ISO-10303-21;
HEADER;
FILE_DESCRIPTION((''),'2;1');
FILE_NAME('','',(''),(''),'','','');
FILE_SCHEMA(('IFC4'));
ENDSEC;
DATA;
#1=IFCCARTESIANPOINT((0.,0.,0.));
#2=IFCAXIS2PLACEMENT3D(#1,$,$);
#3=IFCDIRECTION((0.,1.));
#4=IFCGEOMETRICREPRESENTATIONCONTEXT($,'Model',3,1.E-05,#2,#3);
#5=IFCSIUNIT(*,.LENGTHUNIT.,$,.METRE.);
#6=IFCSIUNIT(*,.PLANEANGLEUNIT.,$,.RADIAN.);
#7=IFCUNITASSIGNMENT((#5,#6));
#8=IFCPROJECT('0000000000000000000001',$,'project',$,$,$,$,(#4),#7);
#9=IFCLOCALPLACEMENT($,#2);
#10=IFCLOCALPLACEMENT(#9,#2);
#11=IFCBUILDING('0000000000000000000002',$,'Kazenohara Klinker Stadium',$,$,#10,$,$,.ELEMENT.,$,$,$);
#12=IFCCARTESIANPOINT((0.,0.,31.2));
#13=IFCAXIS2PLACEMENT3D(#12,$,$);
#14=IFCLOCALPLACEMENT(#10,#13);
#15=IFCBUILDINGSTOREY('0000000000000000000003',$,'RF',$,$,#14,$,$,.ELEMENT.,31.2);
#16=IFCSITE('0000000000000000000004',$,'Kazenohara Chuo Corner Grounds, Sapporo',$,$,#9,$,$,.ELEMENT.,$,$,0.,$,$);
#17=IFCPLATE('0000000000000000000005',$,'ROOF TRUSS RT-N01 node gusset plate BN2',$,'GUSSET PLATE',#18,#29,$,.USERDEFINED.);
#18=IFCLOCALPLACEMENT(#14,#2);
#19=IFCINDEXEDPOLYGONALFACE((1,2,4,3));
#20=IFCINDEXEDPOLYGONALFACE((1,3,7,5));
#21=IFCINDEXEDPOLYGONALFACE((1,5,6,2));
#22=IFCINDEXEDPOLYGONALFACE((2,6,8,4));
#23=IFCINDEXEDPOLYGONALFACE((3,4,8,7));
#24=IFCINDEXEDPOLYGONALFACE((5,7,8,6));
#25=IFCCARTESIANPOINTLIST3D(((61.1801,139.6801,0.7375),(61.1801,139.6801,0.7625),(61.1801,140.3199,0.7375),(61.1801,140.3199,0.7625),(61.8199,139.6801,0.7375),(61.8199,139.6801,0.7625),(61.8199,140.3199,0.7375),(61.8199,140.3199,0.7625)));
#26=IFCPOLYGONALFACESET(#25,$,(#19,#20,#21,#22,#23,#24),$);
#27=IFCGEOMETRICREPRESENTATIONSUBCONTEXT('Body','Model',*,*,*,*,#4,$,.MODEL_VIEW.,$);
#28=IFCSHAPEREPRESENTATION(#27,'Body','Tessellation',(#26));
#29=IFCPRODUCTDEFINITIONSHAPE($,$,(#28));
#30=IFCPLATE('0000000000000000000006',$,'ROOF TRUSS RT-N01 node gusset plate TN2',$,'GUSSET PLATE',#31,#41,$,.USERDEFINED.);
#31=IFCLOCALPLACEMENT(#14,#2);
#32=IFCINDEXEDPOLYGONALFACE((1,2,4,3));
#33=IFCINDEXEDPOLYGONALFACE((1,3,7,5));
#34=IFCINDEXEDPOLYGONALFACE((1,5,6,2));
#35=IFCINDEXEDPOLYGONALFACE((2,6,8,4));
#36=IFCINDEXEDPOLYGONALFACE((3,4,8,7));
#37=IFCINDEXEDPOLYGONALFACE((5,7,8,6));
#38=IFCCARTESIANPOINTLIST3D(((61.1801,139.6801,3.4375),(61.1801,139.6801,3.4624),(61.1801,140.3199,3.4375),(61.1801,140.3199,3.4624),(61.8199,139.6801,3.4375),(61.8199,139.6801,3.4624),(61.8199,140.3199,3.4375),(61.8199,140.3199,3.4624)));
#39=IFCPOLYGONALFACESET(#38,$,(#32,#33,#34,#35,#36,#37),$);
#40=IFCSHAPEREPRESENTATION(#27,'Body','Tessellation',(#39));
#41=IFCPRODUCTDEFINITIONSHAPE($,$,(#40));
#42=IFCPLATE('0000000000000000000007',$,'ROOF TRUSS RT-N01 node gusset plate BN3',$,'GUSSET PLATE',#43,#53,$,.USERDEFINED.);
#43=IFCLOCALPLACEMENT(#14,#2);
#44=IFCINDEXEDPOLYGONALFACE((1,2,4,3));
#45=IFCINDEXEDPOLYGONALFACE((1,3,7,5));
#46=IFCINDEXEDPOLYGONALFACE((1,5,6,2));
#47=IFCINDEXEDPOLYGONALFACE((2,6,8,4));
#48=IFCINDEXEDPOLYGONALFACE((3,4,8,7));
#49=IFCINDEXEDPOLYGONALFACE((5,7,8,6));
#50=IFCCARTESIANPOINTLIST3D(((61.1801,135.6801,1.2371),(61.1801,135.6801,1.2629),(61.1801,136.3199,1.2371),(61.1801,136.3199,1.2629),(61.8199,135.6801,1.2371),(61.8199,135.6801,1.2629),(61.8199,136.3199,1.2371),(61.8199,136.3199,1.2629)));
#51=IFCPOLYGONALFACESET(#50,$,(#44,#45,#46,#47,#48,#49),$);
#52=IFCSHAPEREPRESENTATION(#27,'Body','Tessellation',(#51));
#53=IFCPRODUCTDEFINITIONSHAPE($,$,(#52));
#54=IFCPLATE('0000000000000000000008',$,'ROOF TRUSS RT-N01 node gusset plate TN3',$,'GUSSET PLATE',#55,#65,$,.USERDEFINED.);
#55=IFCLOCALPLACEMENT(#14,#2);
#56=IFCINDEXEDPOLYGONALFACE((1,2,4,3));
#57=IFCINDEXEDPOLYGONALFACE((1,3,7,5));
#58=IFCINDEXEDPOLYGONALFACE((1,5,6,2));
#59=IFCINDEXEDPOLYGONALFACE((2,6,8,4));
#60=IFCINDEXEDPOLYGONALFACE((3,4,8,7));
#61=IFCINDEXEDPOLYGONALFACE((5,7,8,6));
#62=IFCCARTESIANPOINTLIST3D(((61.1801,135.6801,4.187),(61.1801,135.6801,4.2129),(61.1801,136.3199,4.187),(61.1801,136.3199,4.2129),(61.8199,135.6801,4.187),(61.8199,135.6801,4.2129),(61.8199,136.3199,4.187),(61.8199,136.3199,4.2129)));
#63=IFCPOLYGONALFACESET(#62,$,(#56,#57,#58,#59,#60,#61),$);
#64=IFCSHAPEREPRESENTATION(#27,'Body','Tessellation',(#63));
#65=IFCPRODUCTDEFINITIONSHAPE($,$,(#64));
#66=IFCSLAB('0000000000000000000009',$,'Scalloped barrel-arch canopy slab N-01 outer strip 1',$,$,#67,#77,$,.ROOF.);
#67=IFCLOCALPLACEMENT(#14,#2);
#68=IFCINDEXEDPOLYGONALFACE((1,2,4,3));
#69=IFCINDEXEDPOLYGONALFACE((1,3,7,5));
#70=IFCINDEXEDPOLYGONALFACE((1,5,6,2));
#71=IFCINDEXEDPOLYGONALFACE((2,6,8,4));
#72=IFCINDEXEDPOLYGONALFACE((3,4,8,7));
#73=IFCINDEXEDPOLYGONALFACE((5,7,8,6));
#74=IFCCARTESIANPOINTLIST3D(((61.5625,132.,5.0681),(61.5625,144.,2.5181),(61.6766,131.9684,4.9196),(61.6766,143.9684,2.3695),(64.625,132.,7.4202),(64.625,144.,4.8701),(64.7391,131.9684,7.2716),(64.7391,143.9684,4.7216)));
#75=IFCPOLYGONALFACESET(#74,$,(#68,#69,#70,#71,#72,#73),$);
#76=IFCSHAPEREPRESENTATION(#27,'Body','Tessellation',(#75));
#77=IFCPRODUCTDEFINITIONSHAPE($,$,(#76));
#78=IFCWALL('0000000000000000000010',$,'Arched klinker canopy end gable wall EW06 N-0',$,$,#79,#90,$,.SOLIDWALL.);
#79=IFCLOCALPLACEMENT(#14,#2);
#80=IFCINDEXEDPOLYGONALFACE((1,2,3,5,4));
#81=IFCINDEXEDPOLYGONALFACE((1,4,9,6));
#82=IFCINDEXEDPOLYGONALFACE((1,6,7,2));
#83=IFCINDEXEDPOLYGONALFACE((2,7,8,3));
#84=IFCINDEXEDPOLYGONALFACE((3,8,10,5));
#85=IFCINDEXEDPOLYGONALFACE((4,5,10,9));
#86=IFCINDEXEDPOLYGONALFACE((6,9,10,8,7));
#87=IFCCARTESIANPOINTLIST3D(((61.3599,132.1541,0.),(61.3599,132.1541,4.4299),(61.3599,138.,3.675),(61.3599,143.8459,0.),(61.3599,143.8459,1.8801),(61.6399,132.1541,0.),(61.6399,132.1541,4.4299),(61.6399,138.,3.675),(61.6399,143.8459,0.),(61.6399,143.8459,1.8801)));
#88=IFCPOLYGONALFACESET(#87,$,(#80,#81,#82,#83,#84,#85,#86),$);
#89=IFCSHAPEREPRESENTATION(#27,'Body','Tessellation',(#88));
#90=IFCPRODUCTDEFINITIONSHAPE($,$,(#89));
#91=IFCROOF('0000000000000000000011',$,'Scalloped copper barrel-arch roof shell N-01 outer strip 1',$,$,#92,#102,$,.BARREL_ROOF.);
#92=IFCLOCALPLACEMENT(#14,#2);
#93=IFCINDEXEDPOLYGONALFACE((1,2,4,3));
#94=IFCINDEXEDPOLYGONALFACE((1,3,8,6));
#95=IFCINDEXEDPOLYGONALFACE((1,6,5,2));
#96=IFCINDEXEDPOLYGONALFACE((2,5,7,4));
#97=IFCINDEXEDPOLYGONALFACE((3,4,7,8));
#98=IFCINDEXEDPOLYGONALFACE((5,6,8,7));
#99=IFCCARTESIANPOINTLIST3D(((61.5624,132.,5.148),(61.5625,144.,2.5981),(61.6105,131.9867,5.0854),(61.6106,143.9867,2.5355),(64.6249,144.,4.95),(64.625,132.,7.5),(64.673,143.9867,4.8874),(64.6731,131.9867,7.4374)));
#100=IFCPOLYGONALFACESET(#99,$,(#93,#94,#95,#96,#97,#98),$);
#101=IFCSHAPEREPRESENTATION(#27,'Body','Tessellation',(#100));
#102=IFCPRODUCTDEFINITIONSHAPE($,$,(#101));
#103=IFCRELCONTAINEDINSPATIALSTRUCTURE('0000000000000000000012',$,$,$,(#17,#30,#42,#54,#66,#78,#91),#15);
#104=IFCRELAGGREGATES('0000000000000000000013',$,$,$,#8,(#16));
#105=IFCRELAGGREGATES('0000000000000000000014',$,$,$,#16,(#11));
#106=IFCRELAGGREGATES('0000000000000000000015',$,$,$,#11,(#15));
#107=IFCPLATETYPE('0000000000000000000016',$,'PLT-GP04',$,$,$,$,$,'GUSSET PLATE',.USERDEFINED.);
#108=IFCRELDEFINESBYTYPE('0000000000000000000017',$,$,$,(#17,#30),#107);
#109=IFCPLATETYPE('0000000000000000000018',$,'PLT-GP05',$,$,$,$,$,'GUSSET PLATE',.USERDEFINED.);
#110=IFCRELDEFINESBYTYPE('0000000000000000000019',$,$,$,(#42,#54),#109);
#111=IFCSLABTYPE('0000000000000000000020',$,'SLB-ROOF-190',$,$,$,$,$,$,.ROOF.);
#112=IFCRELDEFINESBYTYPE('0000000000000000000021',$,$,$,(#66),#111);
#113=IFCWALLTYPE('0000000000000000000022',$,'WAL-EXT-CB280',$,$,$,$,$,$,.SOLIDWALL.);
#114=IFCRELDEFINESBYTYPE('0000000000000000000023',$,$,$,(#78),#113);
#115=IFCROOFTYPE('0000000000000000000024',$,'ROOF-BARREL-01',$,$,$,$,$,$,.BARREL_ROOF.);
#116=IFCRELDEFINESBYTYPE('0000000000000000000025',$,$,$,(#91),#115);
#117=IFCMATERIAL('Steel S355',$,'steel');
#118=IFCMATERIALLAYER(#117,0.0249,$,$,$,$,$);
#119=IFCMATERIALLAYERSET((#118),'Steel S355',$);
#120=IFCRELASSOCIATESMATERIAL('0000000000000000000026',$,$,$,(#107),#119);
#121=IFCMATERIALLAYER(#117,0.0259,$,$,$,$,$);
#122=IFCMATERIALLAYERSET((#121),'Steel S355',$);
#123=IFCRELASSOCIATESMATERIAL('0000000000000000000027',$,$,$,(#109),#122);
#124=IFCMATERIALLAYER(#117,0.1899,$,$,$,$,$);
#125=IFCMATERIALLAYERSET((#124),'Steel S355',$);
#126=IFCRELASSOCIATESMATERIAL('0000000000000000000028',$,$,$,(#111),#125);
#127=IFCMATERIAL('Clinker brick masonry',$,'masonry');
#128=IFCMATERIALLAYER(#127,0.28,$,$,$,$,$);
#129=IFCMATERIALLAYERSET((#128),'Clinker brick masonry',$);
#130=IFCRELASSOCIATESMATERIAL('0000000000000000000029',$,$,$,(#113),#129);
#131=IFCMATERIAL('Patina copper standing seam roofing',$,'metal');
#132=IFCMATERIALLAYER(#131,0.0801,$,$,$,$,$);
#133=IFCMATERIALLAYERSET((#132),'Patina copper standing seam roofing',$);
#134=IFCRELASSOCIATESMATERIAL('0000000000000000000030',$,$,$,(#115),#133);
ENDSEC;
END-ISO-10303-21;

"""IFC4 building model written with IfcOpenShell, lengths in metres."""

from ifc_helpers import new_model, si_unit, direction, frame, origin, origin_2d, place, context, subcontext, project, spatial, polyline, rectangle, outline, extrude, material, layer, layer_set, type_object, element, save


model = new_model("IFC4")

# Units and contexts
model_context = context("Model", 3, precision=1e-05, world=origin(), true_north=direction((0.0, 1.0)))
body_context = subcontext(model_context, "Body", "Model", "MODEL_VIEW")
ifc_project = project(units=[si_unit("LENGTHUNIT", "METRE"), si_unit("PLANEANGLEUNIT", "RADIAN")], contexts=[model_context])

# Site, building, storey
site_placement = place(None, origin())
site = spatial("IfcSite", under=ifc_project, at=site_placement, Name="Kazenohara Chuo Corner Grounds, Sapporo", CompositionType="ELEMENT", RefElevation=0.0)
building_placement = place(site_placement, origin())
building = spatial("IfcBuilding", under=site, at=building_placement, Name="Kazenohara Klinker Stadium", CompositionType="ELEMENT")
storey_placement = place(building_placement, frame((0.0, 0.0, 31.2)))
storey = spatial("IfcBuildingStorey", under=building, at=storey_placement, Name="RF", CompositionType="ELEMENT", Elevation=31.2)

# Shared definitions
ifc_material_1 = material(Name="Steel S355", Category="steel")

# Plates
ifc_layer_1 = layer(ifc_material_1, 0.0249)
ifc_layer_set_1 = layer_set([ifc_layer_1], Name="Steel S355")
plate_type_1 = type_object("IfcPlateType", Name="PLT-GP04", ElementType="GUSSET PLATE", PredefinedType="USERDEFINED", material=ifc_layer_set_1)
for number, where, z_axis, x_axis, name in (
    (1, (61.5, 140.0, 0.7375), (0.0, 0.0, 1.0), (1.0, 0.0, 0.0), "ROOF TRUSS RT-N01 node gusset plate BN2"),
    (2, (61.5, 140.0, 3.4375), (0.0, 0.0, 1.0), (1.0, 0.0, 0.0), "ROOF TRUSS RT-N01 node gusset plate TN2"),
):
    element("IfcPlate", number, at=place(storey_placement, frame(where, z_axis=z_axis, x_axis=x_axis)), inside=storey, type_object=plate_type_1, Name=name, ObjectType="GUSSET PLATE", PredefinedType="USERDEFINED", context=body_context, shape_type="SweptSolid", body=[
        extrude(rectangle(XDim=0.6399, YDim=0.6399, at=origin_2d()), origin(), (0.0, 0.0, 1.0), 0.0249),
    ])
ifc_layer_2 = layer(ifc_material_1, 0.0259)
ifc_layer_set_2 = layer_set([ifc_layer_2], Name="Steel S355")
plate_type_2 = type_object("IfcPlateType", Name="PLT-GP05", ElementType="GUSSET PLATE", PredefinedType="USERDEFINED", material=ifc_layer_set_2)
for number, where, z_axis, x_axis, name in (
    (3, (61.5, 136.0, 1.2371), (0.0, 0.0, 1.0), (1.0, 0.0, 0.0), "ROOF TRUSS RT-N01 node gusset plate BN3"),
    (4, (61.5, 136.0, 4.187), (0.0, 0.0, 1.0), (1.0, 0.0, 0.0), "ROOF TRUSS RT-N01 node gusset plate TN3"),
):
    element("IfcPlate", number, at=place(storey_placement, frame(where, z_axis=z_axis, x_axis=x_axis)), inside=storey, type_object=plate_type_2, Name=name, ObjectType="GUSSET PLATE", PredefinedType="USERDEFINED", context=body_context, shape_type="SweptSolid", body=[
        extrude(rectangle(XDim=0.6399, YDim=0.6399, at=origin_2d()), origin(), (0.0, 0.0, 1.0), 0.0259),
    ])

# Slab
ifc_layer_3 = layer(ifc_material_1, 0.1899)
ifc_layer_set_3 = layer_set([ifc_layer_3], Name="Steel S355")
slab_type = type_object("IfcSlabType", Name="SLB-ROOF-190", PredefinedType="ROOF", material=ifc_layer_set_3)
slab_placement = place(storey_placement, frame((61.5625, 144.0, 2.5181), z_axis=(-0.600635, 0.166191, 0.78206), x_axis=(0.0, -0.978158, 0.207863)))
element("IfcSlab", 5, at=slab_placement, inside=storey, type_object=slab_type, Name="Scalloped barrel-arch canopy slab N-01 outer strip 1", PredefinedType="ROOF", context=body_context, shape_type="SweptSolid", body=[
    extrude(outline(polyline([(0.0, 0.0), (12.268, 0.0), (12.7569, 3.8304), (0.4889, 3.8304), (0.0, 0.0)])), origin(), (0.0, 0.0, -1.0), 0.1899),
])

# Wall
ifc_material_2 = material(Name="Clinker brick masonry", Category="masonry")
ifc_layer_4 = layer(ifc_material_2, 0.28)
ifc_layer_set_4 = layer_set([ifc_layer_4], Name="Clinker brick masonry")
wall_type = type_object("IfcWallType", Name="WAL-EXT-CB280", PredefinedType="SOLIDWALL", material=ifc_layer_set_4)
wall_placement = place(storey_placement, frame((61.5, 132.1541, 0.0), z_axis=(0.0, 0.0, 1.0), x_axis=(0.0, 1.0, 0.0)))
element("IfcWall", 6, at=wall_placement, inside=storey, type_object=wall_type, Name="Arched klinker canopy end gable wall EW06 N-0", PredefinedType="SOLIDWALL", context=body_context, shape_type="SweptSolid", body=[
    extrude(outline(polyline([(0.0, 0.0), (11.6919, 0.0), (11.6919, 1.8801), (5.8459, 3.675), (0.0, 4.4299), (0.0, 0.0)])), frame((0.0, 0.1401, 0.0), z_axis=(0.0, -1.0, 0.0), x_axis=(1.0, 0.0, 0.0)), (0.0, 0.0, 1.0), 0.28),
])

# Roof
ifc_material_3 = material(Name="Patina copper standing seam roofing", Category="metal")
ifc_layer_5 = layer(ifc_material_3, 0.0801)
ifc_layer_set_5 = layer_set([ifc_layer_5], Name="Patina copper standing seam roofing")
roof_type = type_object("IfcRoofType", Name="ROOF-BARREL-01", PredefinedType="BARREL_ROOF", material=ifc_layer_set_5)
roof_placement = place(storey_placement, frame((61.5625, 144.0, 2.5981), z_axis=(-0.600616, 0.166186, 0.782076), x_axis=(-0.000005, -0.978161, 0.20785)))
element("IfcRoof", 7, at=roof_placement, inside=storey, type_object=roof_type, Name="Scalloped copper barrel-arch roof shell N-01 outer strip 1", PredefinedType="BARREL_ROOF", context=body_context, shape_type="SweptSolid", body=[
    extrude(outline(polyline([(0.0, 0.0), (12.2679, 0.0), (12.7568, 3.8304), (0.4888, 3.8303), (0.0, 0.0)])), origin(), (0.0, 0.0, -1.0), 0.0801),
])

save(model, "model.ifc")
